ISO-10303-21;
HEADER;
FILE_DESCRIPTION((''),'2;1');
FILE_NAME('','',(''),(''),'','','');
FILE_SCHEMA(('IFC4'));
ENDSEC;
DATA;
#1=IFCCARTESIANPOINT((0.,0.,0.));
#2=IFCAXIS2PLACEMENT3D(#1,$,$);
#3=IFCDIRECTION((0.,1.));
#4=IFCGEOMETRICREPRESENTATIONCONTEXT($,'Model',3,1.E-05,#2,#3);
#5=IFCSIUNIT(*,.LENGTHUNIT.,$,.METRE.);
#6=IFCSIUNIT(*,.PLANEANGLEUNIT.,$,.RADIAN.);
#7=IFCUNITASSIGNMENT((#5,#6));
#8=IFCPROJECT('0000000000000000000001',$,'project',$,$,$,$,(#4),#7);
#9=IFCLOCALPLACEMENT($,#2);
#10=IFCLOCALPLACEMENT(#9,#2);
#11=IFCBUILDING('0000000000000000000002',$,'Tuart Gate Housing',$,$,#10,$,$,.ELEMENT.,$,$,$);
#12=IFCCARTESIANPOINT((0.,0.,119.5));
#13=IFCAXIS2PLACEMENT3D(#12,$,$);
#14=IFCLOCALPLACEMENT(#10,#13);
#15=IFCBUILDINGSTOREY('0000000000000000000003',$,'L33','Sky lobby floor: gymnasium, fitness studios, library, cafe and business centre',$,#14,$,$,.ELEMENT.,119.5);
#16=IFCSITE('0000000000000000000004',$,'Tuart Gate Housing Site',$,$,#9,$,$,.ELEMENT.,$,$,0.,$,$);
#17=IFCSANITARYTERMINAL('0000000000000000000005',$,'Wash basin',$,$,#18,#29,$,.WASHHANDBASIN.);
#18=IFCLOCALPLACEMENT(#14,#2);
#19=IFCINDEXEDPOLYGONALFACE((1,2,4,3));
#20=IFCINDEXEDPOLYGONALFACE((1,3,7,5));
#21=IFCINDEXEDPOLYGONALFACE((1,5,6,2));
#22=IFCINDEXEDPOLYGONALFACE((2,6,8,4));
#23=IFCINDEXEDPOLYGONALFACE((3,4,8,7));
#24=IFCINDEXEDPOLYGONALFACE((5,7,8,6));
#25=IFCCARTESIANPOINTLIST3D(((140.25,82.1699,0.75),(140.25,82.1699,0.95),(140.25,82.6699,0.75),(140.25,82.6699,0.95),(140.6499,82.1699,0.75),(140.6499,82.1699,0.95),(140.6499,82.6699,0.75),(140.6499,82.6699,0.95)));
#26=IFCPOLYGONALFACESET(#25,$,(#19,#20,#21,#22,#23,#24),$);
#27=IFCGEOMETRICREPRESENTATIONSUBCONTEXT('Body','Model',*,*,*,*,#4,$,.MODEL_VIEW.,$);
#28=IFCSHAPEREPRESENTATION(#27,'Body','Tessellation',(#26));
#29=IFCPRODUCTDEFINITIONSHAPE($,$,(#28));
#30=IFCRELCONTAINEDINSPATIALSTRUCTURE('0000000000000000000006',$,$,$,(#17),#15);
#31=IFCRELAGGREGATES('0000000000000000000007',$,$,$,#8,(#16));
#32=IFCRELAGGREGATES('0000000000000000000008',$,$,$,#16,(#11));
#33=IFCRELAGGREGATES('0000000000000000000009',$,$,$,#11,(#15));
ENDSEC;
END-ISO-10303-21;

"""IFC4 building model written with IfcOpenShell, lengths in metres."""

from ifc_helpers import new_model, si_unit, direction, frame, origin, origin_2d, place, context, subcontext, project, spatial, rectangle, extrude, element, save


model = new_model("IFC4")

# Units and contexts
model_context = context("Model", 3, precision=1e-05, world=origin(), true_north=direction((0.0, 1.0)))
body_context = subcontext(model_context, "Body", "Model", "MODEL_VIEW")
ifc_project = project(units=[si_unit("LENGTHUNIT", "METRE"), si_unit("PLANEANGLEUNIT", "RADIAN")], contexts=[model_context])

# Site, building, storey
site_placement = place(None, origin())
site = spatial("IfcSite", under=ifc_project, at=site_placement, Name="Tuart Gate Housing Site", CompositionType="ELEMENT", RefElevation=0.0)
building_placement = place(site_placement, origin())
building = spatial("IfcBuilding", under=site, at=building_placement, Name="Tuart Gate Housing", CompositionType="ELEMENT")
storey_placement = place(building_placement, frame((0.0, 0.0, 119.5)))
storey = spatial("IfcBuildingStorey", under=building, at=storey_placement, Name="L33", Description="Sky lobby floor: gymnasium, fitness studios, library, cafe and business centre", CompositionType="ELEMENT", Elevation=119.5)

# Sanitary terminal
sanitary_terminal_placement = place(storey_placement, frame((140.45, 82.4199, 0.75), z_axis=(0.0, 0.0, 1.0), x_axis=(1.0, 0.0, 0.0)))
element("IfcSanitaryTerminal", 1, at=sanitary_terminal_placement, inside=storey, Name="Wash basin", PredefinedType="WASHHANDBASIN", context=body_context, shape_type="SweptSolid", body=[
    extrude(rectangle(XDim=0.3999, YDim=0.5, at=origin_2d()), origin(), (0.0, 0.0, 1.0), 0.2),
])

save(model, "model.ifc")
